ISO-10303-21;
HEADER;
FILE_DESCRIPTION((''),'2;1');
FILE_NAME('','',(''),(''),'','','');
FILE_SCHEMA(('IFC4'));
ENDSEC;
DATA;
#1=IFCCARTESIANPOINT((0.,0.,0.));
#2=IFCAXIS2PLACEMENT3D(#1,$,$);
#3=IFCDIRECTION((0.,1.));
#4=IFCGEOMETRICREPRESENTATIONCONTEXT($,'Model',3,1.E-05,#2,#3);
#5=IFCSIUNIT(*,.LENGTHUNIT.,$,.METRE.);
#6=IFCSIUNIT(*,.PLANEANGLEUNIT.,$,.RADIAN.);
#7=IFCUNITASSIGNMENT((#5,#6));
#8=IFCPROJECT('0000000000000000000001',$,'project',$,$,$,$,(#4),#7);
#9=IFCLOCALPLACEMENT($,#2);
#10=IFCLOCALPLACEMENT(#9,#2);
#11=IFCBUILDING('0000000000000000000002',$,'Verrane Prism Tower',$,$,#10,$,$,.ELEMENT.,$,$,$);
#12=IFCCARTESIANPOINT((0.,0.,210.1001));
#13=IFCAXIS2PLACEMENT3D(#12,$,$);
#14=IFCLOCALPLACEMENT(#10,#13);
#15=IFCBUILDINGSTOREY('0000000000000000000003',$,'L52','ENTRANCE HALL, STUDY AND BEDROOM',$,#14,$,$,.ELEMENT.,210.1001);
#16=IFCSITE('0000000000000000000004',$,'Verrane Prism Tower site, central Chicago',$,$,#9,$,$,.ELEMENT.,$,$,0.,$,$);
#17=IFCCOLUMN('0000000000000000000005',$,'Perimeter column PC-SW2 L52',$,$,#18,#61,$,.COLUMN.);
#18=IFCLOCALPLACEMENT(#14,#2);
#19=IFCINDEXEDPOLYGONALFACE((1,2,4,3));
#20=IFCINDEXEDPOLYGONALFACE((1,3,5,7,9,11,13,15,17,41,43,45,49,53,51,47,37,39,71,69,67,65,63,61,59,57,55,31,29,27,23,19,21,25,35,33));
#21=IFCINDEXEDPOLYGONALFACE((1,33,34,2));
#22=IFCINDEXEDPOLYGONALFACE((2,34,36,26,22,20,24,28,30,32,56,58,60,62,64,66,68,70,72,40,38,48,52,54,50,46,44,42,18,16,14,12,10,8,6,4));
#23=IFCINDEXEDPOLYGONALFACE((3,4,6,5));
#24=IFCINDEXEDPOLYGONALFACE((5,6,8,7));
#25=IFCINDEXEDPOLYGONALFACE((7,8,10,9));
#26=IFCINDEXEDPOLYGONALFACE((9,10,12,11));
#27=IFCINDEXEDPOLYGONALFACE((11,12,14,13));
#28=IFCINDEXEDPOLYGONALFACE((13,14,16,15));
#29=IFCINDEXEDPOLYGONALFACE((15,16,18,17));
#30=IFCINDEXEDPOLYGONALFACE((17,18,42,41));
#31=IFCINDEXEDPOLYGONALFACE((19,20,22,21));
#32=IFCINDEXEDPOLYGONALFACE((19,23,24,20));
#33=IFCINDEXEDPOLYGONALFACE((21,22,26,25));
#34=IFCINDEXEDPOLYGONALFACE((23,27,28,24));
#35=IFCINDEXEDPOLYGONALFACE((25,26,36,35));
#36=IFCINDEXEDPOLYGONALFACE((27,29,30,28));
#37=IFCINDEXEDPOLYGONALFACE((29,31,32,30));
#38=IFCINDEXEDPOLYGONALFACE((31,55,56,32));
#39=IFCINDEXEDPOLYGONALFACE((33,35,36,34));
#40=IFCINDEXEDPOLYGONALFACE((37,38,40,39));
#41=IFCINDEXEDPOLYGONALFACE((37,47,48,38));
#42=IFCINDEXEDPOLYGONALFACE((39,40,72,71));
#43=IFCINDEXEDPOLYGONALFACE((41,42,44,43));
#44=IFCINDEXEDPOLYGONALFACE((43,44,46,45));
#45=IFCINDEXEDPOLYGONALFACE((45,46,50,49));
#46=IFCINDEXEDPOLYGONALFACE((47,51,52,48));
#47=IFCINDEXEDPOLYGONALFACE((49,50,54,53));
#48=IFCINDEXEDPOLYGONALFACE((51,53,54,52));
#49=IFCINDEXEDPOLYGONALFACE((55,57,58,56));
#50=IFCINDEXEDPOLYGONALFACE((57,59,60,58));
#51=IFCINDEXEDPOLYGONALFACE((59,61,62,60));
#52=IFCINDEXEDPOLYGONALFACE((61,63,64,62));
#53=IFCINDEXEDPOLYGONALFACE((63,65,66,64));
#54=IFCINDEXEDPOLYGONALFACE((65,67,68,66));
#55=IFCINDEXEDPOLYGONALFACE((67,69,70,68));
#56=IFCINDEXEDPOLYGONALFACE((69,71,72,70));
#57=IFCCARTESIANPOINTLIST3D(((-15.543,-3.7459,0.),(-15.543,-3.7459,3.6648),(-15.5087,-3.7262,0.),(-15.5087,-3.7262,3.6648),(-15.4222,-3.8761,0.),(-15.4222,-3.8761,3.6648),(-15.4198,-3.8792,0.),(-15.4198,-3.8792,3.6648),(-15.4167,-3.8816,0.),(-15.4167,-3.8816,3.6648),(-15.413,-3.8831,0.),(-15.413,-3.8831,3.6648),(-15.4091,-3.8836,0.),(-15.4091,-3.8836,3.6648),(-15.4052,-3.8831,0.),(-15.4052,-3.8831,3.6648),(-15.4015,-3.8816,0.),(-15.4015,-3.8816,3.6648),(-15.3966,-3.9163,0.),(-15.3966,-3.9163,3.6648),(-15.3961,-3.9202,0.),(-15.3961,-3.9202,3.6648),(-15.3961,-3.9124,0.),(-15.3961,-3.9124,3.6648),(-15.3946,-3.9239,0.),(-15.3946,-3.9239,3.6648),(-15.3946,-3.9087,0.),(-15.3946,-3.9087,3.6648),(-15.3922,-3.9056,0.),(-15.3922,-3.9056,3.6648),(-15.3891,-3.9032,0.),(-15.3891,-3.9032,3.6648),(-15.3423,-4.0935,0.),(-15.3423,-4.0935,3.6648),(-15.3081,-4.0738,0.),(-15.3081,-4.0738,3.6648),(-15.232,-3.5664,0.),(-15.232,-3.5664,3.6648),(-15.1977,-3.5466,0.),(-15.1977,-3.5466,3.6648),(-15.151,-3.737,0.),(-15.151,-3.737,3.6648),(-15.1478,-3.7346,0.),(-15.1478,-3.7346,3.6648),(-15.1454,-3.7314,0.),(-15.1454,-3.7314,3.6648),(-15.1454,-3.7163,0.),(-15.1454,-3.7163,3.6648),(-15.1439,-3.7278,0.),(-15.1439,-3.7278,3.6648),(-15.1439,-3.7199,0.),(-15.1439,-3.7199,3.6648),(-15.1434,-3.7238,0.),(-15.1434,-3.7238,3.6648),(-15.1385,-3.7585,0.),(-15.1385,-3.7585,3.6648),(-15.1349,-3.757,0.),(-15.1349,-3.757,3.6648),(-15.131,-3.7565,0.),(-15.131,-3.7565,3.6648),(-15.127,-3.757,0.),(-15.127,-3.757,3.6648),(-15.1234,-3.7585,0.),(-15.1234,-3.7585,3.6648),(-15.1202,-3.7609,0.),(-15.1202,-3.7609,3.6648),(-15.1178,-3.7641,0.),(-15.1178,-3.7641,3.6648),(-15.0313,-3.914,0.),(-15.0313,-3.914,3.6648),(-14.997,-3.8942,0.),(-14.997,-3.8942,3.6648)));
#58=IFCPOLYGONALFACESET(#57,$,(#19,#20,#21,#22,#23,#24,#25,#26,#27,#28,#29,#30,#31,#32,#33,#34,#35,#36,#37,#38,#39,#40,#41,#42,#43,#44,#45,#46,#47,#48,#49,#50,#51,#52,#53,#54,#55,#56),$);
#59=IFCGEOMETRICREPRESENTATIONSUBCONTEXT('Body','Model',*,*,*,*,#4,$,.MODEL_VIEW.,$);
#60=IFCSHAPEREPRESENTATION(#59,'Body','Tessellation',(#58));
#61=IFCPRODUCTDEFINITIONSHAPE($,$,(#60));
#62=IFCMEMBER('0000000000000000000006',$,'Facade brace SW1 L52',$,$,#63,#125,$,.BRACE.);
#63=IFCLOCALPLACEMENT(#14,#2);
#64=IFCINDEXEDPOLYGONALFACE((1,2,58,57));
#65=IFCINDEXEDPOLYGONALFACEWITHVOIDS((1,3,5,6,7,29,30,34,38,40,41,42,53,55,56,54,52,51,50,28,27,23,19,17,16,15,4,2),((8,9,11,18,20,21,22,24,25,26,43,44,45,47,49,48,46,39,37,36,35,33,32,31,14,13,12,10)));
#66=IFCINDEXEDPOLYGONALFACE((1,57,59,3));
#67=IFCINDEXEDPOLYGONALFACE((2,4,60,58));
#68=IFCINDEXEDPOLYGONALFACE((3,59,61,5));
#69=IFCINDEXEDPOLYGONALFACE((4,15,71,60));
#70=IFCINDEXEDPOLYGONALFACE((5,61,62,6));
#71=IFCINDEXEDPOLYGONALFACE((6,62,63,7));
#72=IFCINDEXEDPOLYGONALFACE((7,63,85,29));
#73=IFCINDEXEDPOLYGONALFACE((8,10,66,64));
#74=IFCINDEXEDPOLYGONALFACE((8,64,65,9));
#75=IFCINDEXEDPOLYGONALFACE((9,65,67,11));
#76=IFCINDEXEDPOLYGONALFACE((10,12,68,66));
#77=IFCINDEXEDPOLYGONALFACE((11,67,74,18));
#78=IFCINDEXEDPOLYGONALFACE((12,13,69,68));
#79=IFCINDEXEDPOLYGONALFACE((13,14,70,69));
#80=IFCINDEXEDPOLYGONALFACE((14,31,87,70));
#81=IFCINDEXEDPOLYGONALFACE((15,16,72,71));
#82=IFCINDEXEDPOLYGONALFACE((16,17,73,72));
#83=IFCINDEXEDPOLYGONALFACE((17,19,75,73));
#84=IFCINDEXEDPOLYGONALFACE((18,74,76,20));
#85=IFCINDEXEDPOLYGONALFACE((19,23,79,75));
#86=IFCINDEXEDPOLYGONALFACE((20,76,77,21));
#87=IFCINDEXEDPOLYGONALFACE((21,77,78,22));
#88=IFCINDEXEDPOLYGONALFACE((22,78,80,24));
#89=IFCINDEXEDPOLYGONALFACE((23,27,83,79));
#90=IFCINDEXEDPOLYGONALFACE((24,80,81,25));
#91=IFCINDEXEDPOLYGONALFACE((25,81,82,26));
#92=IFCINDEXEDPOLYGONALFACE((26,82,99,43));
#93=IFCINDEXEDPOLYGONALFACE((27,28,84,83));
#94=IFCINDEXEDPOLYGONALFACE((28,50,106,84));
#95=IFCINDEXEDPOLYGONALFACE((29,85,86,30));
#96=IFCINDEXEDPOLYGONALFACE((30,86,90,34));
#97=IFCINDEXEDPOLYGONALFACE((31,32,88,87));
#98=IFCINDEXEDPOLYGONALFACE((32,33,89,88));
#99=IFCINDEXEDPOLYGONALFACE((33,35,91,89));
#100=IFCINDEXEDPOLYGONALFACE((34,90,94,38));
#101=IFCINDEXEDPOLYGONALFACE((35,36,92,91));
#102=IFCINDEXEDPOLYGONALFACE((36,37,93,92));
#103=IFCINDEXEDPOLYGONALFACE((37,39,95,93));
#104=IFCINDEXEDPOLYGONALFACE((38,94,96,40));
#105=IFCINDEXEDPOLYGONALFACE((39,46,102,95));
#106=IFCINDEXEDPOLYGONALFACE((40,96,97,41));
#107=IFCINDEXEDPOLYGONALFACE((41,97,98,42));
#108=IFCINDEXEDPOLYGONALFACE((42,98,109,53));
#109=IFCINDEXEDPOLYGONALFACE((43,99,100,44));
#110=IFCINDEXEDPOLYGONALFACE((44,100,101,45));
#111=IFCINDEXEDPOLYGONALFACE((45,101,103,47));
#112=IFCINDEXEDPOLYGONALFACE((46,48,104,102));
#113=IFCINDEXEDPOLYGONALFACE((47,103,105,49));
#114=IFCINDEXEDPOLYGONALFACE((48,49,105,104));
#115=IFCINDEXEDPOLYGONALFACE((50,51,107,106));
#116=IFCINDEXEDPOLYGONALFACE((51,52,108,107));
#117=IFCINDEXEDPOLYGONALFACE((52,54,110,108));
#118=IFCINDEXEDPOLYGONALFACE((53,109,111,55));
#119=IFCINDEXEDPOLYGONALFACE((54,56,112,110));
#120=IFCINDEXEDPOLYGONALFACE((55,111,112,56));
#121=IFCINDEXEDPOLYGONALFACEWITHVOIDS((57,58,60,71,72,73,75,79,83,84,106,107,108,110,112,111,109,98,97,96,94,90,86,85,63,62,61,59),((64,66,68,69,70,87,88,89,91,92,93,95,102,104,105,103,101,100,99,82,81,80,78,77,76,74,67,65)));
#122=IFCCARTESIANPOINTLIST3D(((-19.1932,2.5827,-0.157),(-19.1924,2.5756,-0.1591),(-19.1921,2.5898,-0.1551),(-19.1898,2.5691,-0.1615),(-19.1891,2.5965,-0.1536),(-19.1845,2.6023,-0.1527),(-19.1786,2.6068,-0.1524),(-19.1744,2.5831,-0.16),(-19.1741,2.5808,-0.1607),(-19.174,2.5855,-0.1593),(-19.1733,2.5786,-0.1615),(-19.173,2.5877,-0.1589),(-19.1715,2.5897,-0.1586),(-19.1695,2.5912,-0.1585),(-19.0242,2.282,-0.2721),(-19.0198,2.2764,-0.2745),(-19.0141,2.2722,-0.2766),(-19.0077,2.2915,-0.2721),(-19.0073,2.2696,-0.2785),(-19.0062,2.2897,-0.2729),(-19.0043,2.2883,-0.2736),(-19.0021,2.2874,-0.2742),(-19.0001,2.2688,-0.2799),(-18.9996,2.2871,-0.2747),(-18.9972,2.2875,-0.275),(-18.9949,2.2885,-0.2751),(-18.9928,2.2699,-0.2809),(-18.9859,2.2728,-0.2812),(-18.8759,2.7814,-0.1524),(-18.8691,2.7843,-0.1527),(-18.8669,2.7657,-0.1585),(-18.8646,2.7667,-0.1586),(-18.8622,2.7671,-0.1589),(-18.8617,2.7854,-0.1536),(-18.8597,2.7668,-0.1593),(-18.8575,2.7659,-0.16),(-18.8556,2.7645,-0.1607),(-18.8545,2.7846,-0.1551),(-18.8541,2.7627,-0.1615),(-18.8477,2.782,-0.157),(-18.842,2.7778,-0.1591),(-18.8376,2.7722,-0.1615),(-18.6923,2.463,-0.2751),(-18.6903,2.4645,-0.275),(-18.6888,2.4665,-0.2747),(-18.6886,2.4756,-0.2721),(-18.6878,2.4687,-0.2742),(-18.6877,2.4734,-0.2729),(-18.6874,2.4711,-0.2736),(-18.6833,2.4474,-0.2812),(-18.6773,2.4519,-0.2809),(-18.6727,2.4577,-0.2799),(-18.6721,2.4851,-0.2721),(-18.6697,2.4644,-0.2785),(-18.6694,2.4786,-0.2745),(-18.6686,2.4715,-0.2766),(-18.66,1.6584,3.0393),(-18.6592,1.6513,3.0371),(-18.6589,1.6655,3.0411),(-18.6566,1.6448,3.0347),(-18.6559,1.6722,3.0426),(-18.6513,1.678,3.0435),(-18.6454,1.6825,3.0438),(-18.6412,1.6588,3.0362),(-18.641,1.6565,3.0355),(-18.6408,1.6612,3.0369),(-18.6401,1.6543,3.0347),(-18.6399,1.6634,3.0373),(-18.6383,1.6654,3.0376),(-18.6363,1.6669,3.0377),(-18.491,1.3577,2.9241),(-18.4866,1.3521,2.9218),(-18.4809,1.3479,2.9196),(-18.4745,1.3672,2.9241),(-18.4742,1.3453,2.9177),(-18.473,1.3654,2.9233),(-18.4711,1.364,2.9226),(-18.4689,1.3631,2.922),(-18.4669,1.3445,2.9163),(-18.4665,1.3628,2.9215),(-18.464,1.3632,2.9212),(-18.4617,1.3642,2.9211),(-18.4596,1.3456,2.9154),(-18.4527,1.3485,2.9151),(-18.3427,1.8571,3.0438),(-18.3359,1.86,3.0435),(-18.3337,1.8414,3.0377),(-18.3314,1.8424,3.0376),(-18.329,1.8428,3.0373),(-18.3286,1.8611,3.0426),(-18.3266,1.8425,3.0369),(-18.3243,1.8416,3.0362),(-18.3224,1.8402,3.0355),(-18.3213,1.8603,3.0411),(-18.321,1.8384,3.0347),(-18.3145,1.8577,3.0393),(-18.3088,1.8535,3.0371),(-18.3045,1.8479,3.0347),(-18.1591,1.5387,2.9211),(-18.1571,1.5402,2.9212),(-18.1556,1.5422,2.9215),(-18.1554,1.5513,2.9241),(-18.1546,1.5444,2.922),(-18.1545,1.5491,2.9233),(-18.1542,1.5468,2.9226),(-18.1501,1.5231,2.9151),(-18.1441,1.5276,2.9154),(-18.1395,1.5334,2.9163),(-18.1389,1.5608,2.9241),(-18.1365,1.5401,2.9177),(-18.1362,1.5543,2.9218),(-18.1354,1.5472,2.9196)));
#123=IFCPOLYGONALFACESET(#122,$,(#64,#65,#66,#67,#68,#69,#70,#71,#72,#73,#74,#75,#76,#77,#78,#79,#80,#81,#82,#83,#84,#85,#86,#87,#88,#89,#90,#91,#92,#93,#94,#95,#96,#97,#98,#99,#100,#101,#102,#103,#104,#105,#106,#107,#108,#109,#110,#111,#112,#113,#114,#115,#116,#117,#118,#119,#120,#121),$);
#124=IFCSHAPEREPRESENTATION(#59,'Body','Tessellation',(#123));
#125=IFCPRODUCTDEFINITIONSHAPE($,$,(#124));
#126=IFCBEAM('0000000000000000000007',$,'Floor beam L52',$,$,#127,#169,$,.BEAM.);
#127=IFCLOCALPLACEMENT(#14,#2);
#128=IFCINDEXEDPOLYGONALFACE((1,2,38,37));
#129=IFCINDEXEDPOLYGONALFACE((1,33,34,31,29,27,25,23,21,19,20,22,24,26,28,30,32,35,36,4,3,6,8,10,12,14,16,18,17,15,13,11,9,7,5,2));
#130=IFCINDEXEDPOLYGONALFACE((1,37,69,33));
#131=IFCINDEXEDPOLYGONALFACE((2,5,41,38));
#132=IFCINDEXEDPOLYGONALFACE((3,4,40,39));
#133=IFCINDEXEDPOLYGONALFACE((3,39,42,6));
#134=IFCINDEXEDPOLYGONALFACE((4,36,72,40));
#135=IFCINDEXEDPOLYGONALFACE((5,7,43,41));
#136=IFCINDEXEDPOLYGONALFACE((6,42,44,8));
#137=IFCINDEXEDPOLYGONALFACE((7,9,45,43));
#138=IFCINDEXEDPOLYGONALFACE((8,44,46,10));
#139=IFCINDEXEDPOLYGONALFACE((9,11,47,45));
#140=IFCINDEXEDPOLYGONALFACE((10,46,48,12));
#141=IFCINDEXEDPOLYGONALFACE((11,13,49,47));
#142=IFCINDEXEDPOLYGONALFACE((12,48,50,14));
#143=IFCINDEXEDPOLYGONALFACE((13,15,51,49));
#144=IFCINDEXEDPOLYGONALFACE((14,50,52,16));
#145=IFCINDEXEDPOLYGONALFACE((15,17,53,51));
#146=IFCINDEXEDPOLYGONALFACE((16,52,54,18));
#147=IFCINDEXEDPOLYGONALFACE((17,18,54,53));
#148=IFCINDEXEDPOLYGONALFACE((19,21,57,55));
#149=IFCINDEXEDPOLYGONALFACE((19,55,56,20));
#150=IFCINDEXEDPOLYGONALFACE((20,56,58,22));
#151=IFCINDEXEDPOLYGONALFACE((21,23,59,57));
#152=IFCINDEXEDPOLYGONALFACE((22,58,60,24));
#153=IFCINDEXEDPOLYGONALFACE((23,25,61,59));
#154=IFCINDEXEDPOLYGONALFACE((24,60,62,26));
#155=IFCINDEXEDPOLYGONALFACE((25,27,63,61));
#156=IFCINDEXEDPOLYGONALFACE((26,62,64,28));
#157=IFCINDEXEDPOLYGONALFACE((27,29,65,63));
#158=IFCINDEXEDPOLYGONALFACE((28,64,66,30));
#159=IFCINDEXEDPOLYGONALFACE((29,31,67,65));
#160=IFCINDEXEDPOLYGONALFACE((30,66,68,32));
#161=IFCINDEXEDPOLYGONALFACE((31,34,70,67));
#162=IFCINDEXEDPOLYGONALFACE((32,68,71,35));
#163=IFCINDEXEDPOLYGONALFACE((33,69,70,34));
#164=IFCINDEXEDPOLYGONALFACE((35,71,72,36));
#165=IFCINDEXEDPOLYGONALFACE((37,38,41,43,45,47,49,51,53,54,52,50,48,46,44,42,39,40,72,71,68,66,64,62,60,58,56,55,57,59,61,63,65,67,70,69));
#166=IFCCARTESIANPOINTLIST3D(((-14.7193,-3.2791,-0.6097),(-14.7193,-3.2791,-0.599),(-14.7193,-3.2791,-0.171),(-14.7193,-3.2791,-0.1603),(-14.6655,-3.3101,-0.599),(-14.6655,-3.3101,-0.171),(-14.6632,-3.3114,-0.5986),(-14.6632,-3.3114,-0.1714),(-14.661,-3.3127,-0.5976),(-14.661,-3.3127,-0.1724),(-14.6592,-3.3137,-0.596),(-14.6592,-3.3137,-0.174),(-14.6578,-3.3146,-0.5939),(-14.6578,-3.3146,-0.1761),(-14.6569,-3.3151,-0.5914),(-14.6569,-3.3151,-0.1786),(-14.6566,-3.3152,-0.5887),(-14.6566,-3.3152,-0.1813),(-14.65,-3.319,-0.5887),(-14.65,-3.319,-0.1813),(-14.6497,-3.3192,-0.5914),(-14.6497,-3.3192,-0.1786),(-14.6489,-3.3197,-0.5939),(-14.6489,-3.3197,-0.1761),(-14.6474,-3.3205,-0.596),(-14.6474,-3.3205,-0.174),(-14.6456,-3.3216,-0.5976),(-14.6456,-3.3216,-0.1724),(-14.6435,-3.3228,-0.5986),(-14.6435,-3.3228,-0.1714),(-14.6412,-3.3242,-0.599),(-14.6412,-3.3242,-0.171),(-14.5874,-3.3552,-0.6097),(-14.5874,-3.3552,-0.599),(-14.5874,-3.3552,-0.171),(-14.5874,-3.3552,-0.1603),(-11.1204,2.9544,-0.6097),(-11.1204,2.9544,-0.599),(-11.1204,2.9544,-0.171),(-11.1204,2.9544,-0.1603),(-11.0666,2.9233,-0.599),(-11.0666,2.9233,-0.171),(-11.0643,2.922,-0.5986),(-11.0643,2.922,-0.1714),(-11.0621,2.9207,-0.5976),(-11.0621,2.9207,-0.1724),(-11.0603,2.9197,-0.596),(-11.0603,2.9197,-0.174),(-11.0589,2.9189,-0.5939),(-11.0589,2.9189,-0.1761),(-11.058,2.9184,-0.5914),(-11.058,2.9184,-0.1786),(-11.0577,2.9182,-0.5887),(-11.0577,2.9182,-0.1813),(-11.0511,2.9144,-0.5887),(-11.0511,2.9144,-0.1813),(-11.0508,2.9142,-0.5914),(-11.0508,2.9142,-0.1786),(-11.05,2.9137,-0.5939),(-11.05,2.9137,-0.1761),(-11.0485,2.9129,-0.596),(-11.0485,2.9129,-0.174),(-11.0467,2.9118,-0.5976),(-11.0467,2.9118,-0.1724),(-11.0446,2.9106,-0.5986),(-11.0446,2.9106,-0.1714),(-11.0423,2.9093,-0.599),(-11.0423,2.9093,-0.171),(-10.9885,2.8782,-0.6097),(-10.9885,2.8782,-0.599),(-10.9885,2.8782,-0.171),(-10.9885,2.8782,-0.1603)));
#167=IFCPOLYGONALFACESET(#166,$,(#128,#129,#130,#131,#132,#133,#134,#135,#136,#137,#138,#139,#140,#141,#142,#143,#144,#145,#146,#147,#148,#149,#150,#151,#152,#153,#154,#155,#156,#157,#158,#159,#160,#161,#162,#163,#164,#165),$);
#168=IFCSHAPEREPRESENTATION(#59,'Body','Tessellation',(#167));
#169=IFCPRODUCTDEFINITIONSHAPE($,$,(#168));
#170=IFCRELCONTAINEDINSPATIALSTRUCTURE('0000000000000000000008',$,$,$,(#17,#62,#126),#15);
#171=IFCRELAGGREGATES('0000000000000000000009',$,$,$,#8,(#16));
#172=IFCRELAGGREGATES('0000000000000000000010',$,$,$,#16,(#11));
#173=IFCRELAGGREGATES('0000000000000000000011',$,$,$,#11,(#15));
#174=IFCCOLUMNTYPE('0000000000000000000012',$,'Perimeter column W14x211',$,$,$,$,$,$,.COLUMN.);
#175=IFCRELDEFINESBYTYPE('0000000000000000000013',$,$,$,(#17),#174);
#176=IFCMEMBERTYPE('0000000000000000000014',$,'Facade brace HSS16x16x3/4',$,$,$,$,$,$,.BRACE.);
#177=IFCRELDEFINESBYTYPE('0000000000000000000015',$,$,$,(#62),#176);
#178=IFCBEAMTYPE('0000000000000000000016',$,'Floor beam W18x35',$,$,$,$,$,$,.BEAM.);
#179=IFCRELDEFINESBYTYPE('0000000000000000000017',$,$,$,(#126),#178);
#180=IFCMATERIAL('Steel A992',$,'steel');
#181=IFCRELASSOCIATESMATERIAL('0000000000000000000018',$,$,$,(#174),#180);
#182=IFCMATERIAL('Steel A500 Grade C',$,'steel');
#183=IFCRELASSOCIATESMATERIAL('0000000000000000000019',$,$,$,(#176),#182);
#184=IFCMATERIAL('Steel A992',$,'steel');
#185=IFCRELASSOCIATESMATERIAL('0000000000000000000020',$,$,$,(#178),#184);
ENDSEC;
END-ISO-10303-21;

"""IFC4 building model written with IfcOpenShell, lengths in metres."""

from ifc_helpers import new_model, si_unit, direction, frame, origin, origin_2d, place, context, subcontext, project, spatial, hollow_rectangle, i_section, extrude, material, material_profile, profile_set, type_object, element, save


model = new_model("IFC4")

# Units and contexts
model_context = context("Model", 3, precision=1e-05, world=origin(), true_north=direction((0.0, 1.0)))
body_context = subcontext(model_context, "Body", "Model", "MODEL_VIEW")
ifc_project = project(units=[si_unit("LENGTHUNIT", "METRE"), si_unit("PLANEANGLEUNIT", "RADIAN")], contexts=[model_context])

# Site, building, storey
site_placement = place(None, origin())
site = spatial("IfcSite", under=ifc_project, at=site_placement, Name="Verrane Prism Tower site, central Chicago", CompositionType="ELEMENT", RefElevation=0.0)
building_placement = place(site_placement, origin())
building = spatial("IfcBuilding", under=site, at=building_placement, Name="Verrane Prism Tower", CompositionType="ELEMENT")
storey_placement = place(building_placement, frame((0.0, 0.0, 210.1001)))
storey = spatial("IfcBuildingStorey", under=building, at=storey_placement, Name="L52", Description="ENTRANCE HALL, STUDY AND BEDROOM", CompositionType="ELEMENT", Elevation=210.1001)

# Column
ifc_material_1 = material(Name="Steel A992", Category="steel")
ifc_material_profile_1 = material_profile(ifc_material_1, i_section(OverallWidth=0.4014, OverallDepth=0.3987, WebThickness=0.0249, FlangeThickness=0.0396, FilletRadius=0.0151, at=origin_2d()), Name="W14x211")
ifc_profile_set_1 = profile_set([ifc_material_profile_1], Name="Steel A992")
column_type = type_object("IfcColumnType", Name="Perimeter column W14x211", PredefinedType="COLUMN", material=ifc_profile_set_1)
column_placement = place(storey_placement, frame((-15.27, -3.8201, 0.0), z_axis=(0.0, 0.0, 1.0), x_axis=(-0.5, 0.866025, 0.0)))
element("IfcColumn", 1, at=column_placement, inside=storey, type_object=column_type, Name="Perimeter column PC-SW2 L52", PredefinedType="COLUMN", context=body_context, shape_type="SweptSolid", body=[
    extrude(i_section(OverallWidth=0.4014, OverallDepth=0.3987, WebThickness=0.0249, FlangeThickness=0.0396, FilletRadius=0.0151, at=origin_2d()), origin(), (0.0, 0.0, 1.0), 3.6648),
])

# Member
ifc_material_2 = material(Name="Steel A500 Grade C", Category="steel")
ifc_material_profile_2 = material_profile(ifc_material_2, hollow_rectangle(XDim=0.4065, YDim=0.4065, WallThickness=0.019, InnerFilletRadius=0.0095, OuterFilletRadius=0.0286, at=origin_2d()), Name="HSS16x16x3/4")
ifc_profile_set_2 = profile_set([ifc_material_profile_2], Name="Steel A500 Grade C")
member_type_1 = type_object("IfcMemberType", Name="Facade brace HSS16x16x3/4", PredefinedType="BRACE", material=ifc_profile_set_2)
member_1_placement = place(storey_placement, frame((-18.9309, 2.5271, -0.2168), z_axis=(0.158234, -0.274302, 0.948536), x_axis=(0.866208, 0.499683, 0.0)))
element("IfcMember", 2, at=member_1_placement, inside=storey, type_object=member_type_1, Name="Facade brace SW1 L52", PredefinedType="BRACE", context=body_context, shape_type="SweptSolid", body=[
    extrude(hollow_rectangle(XDim=0.4065, YDim=0.4065, WallThickness=0.019, InnerFilletRadius=0.0095, OuterFilletRadius=0.0286, at=origin_2d()), origin(), (0.0, 0.0, 1.0), 3.3696),
])

# Beam
ifc_material_3 = material(Name="Steel A992", Category="steel")
ifc_material_profile_3 = material_profile(ifc_material_3, i_section(OverallWidth=0.1523, OverallDepth=0.4495, WebThickness=0.0076, FlangeThickness=0.0107, FilletRadius=0.0103, at=origin_2d()), Name="W18x35")
ifc_profile_set_3 = profile_set([ifc_material_profile_3], Name="Steel A992")
beam_type_1 = type_object("IfcBeamType", Name="Floor beam W18x35", PredefinedType="BEAM", material=ifc_profile_set_3)
beam_1_placement = place(storey_placement, frame((-14.6533, -3.3171, -0.385), z_axis=(0.500002, 0.866024, 0.0), x_axis=(-0.866024, 0.500002, 0.0)))
element("IfcBeam", 3, at=beam_1_placement, inside=storey, type_object=beam_type_1, Name="Floor beam L52", PredefinedType="BEAM", context=body_context, shape_type="SweptSolid", body=[
    extrude(i_section(OverallWidth=0.1523, OverallDepth=0.4495, WebThickness=0.0076, FlangeThickness=0.0107, FilletRadius=0.0103, at=origin_2d()), origin(), (0.0, 0.0, 1.0), 7.1978),
])

save(model, "model.ifc")
